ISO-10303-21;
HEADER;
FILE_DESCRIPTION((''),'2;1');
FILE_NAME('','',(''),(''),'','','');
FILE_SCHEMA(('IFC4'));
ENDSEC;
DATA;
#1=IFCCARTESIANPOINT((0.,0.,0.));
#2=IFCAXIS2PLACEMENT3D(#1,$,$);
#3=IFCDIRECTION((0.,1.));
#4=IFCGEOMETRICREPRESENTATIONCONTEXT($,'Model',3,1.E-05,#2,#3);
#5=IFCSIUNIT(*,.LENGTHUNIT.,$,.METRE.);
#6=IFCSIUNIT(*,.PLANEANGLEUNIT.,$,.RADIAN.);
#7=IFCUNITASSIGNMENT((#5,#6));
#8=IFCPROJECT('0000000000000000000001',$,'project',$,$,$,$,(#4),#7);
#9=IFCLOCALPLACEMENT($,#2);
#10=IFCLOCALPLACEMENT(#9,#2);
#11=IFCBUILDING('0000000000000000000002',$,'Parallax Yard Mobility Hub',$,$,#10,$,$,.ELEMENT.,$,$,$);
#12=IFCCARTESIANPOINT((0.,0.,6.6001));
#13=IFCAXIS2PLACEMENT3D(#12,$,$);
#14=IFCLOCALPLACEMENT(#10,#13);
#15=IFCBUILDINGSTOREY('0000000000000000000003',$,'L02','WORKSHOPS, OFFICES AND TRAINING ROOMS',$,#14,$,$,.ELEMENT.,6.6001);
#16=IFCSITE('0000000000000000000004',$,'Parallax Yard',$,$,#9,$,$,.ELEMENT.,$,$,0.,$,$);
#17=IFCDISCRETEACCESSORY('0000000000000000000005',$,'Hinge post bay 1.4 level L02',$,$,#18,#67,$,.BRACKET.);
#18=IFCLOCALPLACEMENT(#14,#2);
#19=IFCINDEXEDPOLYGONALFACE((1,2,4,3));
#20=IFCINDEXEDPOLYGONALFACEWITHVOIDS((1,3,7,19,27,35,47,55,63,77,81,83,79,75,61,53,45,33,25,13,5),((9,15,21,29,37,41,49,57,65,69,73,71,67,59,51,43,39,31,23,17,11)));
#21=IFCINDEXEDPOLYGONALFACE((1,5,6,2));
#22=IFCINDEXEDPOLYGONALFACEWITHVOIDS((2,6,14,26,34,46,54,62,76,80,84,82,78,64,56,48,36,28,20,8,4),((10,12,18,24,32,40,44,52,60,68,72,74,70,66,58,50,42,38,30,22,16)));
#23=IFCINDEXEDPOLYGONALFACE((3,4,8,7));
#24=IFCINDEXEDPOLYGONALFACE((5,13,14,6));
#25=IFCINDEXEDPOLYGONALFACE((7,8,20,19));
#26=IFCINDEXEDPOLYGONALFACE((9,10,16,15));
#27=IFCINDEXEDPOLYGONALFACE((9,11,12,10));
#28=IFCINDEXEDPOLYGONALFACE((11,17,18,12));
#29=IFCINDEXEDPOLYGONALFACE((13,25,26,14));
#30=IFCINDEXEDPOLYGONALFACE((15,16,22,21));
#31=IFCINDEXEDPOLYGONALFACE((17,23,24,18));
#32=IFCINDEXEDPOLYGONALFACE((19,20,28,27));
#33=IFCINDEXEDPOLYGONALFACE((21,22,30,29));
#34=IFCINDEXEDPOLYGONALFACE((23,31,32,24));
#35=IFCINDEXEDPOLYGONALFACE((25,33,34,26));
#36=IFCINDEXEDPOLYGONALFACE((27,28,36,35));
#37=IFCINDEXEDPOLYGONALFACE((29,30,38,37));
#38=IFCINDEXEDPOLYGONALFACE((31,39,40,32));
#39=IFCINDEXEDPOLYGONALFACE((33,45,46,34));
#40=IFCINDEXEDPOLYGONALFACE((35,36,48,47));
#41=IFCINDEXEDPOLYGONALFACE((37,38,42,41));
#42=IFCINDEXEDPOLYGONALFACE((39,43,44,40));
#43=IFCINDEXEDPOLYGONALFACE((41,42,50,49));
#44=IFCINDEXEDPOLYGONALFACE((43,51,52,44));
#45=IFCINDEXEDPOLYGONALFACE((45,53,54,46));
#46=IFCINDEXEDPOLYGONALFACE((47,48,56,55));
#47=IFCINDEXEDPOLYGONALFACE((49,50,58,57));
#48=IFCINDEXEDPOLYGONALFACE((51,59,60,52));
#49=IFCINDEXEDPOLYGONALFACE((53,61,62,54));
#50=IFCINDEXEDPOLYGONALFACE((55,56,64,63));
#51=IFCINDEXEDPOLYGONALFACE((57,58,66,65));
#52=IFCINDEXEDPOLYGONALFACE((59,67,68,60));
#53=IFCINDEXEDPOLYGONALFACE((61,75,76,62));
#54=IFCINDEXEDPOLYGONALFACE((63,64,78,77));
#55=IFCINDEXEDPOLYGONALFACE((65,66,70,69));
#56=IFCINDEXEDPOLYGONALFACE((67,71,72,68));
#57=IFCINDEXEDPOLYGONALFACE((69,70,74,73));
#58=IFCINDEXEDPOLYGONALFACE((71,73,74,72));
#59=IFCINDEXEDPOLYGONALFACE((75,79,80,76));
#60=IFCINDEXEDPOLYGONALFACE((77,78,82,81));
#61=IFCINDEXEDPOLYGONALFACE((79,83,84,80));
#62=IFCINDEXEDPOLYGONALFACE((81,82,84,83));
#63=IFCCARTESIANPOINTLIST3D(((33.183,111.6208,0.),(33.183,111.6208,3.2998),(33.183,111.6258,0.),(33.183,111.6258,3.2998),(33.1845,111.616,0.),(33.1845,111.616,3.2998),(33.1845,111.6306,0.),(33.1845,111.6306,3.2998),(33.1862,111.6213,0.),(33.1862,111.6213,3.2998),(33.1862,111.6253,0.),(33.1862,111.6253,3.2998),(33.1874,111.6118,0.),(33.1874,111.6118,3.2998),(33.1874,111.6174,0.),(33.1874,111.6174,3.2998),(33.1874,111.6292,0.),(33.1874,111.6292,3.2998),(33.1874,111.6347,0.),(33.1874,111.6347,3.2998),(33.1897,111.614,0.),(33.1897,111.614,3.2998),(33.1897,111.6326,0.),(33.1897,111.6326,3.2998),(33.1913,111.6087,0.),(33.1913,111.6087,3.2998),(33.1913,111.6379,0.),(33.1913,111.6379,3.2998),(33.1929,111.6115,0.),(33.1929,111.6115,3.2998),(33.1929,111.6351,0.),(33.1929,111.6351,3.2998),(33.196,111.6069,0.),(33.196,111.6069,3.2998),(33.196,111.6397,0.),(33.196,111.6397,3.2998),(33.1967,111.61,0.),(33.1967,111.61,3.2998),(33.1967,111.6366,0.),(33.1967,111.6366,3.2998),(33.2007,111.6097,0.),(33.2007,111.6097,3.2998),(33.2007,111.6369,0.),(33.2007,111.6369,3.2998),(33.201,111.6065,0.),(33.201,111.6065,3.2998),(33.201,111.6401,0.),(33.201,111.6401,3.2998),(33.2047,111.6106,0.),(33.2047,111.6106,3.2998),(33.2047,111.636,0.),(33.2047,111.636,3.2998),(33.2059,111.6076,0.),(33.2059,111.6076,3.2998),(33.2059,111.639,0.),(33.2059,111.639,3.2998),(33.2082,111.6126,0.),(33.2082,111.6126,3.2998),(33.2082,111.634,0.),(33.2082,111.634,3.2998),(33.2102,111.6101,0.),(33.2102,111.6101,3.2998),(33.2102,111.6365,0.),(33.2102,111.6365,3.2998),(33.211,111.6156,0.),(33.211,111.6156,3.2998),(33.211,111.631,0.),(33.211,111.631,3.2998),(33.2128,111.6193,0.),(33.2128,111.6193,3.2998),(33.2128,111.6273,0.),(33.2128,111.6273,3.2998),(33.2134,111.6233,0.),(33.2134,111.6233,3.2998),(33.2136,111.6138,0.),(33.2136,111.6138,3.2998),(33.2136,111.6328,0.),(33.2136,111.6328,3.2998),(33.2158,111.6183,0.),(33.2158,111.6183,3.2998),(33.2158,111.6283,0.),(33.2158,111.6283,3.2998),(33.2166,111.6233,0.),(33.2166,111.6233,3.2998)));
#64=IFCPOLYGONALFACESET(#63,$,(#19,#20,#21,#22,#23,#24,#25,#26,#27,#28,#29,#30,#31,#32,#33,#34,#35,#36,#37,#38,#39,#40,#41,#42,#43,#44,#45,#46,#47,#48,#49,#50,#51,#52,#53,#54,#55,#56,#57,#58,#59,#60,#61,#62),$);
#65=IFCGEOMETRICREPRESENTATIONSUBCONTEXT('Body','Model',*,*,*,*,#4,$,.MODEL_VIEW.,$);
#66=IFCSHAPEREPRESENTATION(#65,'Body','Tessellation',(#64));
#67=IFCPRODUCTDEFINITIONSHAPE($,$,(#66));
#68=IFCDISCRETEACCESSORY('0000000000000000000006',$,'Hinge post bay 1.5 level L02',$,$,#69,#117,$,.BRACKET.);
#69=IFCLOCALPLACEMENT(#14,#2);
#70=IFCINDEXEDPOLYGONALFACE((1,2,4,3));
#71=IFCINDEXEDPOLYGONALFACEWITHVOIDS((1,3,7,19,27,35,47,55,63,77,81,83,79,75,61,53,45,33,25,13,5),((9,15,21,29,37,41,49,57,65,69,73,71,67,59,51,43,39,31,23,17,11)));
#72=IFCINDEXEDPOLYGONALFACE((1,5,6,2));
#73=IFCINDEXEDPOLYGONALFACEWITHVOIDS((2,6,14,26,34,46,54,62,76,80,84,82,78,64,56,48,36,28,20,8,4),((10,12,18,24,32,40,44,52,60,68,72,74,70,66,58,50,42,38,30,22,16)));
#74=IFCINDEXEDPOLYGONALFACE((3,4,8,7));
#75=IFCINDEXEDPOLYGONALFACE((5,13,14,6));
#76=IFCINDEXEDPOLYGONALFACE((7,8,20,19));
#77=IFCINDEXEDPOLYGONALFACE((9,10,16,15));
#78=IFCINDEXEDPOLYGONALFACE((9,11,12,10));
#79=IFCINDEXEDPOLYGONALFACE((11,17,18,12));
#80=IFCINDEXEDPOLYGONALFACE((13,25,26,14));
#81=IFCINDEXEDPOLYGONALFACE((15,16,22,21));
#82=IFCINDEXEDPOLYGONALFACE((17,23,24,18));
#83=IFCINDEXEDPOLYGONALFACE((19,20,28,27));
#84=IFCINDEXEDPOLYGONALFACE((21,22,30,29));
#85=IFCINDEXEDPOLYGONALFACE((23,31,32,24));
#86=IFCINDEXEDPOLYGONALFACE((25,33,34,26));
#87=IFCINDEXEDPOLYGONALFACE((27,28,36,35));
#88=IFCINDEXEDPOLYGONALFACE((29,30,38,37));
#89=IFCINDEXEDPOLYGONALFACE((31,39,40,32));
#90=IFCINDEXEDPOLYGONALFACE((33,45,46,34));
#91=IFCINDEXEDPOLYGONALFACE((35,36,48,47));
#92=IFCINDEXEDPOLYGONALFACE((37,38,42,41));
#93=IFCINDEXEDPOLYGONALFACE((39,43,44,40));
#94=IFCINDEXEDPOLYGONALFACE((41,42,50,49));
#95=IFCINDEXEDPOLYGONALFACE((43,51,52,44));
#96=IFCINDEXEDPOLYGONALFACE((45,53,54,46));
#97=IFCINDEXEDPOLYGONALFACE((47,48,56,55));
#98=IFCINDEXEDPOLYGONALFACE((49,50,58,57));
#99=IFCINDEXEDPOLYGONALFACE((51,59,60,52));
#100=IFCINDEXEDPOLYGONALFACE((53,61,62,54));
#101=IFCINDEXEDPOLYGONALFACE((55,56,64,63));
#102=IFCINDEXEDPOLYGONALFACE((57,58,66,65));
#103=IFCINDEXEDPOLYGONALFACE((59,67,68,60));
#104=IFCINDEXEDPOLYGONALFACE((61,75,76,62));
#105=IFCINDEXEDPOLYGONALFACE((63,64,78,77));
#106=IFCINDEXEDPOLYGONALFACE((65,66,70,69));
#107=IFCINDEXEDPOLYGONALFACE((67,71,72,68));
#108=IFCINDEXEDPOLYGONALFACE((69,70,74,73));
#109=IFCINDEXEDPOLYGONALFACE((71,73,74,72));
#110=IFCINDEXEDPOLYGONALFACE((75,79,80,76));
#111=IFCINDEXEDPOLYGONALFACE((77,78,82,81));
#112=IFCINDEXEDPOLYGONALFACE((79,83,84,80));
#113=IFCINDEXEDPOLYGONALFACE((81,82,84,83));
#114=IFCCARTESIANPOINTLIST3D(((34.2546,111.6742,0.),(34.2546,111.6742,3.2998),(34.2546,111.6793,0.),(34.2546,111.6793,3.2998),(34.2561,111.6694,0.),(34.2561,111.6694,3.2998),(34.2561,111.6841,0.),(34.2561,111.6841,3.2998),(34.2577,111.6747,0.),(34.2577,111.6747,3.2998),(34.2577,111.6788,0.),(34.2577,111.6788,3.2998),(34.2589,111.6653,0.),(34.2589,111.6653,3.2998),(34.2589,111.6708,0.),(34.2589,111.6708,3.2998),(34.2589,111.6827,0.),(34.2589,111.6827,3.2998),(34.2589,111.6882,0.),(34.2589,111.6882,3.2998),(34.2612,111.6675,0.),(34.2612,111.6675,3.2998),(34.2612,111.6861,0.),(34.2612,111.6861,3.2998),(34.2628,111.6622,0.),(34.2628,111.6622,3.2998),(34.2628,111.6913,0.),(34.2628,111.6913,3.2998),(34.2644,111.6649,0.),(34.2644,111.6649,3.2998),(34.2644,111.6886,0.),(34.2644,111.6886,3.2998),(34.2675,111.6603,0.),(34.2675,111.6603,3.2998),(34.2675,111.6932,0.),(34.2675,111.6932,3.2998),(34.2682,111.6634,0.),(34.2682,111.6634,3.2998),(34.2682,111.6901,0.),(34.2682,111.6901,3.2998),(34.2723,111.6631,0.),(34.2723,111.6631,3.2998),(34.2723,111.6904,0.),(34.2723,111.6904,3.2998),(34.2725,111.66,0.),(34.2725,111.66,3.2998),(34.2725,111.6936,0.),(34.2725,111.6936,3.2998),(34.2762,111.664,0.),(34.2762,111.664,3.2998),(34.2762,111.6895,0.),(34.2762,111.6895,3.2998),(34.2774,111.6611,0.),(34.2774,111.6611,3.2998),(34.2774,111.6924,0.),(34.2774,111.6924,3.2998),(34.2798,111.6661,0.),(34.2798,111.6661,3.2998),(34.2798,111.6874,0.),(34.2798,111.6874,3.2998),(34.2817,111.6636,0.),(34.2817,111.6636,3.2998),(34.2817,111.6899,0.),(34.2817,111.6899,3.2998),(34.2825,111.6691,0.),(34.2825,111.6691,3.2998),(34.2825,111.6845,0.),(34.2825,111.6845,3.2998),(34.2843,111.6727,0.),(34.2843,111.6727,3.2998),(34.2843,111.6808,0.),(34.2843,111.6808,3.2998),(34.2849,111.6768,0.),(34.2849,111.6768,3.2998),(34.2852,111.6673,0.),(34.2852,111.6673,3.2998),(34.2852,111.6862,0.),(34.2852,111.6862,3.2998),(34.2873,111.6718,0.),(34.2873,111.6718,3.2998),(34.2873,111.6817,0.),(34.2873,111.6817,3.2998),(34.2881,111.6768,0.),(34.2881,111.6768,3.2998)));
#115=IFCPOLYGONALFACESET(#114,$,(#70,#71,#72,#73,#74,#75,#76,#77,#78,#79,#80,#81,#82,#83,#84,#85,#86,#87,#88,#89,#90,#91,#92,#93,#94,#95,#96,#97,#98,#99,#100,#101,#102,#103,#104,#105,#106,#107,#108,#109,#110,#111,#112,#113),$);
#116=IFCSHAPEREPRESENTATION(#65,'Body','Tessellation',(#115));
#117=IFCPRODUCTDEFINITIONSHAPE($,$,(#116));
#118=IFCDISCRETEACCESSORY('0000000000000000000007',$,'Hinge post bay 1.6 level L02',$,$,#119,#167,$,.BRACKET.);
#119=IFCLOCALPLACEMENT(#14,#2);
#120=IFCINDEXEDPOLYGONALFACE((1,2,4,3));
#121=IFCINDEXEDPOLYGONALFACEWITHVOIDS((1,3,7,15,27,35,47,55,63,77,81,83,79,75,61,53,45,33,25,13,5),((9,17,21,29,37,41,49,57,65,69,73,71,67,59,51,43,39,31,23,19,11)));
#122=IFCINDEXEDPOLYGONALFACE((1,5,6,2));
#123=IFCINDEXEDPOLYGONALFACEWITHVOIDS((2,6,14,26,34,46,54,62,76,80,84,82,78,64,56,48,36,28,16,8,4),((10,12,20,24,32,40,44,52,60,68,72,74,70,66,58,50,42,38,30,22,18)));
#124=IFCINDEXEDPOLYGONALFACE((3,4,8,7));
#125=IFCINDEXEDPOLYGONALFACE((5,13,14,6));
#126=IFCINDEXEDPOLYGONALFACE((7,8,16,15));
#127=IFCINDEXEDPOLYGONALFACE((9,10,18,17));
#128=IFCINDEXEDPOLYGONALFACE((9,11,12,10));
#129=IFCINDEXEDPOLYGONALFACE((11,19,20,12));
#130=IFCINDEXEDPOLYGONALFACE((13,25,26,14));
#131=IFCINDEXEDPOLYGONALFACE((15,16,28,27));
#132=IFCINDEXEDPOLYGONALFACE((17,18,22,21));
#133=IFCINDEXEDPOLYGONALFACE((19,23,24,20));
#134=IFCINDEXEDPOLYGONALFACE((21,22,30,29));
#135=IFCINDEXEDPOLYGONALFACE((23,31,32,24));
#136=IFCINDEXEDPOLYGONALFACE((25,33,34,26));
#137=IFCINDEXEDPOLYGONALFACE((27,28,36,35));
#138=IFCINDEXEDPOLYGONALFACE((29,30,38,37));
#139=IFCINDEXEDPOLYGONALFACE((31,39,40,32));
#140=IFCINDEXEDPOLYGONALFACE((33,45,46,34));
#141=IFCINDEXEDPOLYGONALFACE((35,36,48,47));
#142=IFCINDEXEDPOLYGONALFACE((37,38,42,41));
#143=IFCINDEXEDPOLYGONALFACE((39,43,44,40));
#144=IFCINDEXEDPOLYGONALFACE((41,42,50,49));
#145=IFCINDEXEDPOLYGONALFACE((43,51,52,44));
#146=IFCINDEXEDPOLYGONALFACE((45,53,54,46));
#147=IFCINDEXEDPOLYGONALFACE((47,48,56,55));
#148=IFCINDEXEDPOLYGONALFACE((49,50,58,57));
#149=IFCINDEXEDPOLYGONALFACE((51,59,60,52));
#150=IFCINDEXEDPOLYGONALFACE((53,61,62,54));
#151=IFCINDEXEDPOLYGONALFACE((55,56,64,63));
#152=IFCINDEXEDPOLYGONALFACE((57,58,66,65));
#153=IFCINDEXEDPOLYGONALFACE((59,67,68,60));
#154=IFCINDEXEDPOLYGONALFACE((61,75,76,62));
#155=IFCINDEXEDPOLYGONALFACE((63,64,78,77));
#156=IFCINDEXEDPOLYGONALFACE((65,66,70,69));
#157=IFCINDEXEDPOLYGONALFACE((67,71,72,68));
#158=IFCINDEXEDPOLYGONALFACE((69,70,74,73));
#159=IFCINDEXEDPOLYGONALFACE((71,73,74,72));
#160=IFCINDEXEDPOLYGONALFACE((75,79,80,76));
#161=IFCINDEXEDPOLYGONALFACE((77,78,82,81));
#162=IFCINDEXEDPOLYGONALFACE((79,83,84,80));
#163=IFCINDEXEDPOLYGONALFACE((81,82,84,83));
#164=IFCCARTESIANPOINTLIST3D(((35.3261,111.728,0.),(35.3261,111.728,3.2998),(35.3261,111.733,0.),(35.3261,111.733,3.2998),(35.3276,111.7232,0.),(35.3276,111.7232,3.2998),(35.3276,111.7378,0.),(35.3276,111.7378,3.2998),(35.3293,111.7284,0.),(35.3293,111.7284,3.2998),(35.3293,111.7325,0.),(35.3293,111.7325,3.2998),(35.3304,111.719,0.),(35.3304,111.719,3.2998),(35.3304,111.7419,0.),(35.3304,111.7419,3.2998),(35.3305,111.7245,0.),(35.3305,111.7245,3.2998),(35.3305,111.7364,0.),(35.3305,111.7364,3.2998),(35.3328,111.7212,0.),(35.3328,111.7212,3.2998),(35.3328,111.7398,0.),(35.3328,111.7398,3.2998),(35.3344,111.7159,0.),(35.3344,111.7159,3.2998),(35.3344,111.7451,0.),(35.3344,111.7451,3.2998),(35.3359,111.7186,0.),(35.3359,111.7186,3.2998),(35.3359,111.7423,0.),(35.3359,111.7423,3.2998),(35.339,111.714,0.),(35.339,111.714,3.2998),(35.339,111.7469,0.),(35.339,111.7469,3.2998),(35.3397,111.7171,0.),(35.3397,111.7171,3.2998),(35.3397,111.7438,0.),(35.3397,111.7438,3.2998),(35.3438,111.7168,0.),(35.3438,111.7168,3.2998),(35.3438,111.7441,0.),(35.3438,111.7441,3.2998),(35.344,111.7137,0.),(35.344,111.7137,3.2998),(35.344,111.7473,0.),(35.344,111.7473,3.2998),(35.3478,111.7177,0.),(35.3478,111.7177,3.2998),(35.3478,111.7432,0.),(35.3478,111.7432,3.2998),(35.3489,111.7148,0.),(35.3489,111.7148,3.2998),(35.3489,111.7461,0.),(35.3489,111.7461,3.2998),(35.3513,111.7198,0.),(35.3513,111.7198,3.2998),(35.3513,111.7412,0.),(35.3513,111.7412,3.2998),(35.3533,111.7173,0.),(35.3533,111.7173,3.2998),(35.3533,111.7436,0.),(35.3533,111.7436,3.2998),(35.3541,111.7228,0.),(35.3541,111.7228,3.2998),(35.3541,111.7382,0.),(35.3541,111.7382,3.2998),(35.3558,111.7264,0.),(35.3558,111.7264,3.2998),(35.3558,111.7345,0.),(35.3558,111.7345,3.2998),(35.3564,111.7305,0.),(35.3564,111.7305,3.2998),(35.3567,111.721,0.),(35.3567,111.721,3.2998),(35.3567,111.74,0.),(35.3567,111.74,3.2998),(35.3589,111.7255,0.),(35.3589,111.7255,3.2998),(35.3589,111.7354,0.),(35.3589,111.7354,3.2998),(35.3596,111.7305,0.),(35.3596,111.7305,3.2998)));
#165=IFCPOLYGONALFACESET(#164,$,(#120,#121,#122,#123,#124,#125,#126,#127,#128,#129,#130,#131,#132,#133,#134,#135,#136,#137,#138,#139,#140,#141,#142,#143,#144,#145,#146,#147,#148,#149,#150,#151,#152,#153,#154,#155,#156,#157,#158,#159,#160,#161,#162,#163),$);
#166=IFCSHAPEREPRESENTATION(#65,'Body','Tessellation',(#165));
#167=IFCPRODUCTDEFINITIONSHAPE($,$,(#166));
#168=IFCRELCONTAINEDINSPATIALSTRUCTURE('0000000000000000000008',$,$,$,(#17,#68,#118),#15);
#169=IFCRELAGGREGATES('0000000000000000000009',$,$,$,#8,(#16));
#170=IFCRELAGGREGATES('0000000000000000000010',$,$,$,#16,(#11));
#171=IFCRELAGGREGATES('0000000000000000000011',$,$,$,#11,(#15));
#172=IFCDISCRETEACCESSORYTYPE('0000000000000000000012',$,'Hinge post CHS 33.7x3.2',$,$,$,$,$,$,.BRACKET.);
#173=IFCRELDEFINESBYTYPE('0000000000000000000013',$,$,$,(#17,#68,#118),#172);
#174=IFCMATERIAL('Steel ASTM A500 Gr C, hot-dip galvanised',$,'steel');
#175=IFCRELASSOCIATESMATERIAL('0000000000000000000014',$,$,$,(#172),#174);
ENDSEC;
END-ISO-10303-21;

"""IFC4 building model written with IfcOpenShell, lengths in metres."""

from ifc_helpers import new_model, si_unit, direction, frame, origin, origin_2d, place, context, subcontext, project, spatial, hollow_circle, extrude, material, material_profile, profile_set, type_object, element, save


model = new_model("IFC4")

# Units and contexts
model_context = context("Model", 3, precision=1e-05, world=origin(), true_north=direction((0.0, 1.0)))
body_context = subcontext(model_context, "Body", "Model", "MODEL_VIEW")
ifc_project = project(units=[si_unit("LENGTHUNIT", "METRE"), si_unit("PLANEANGLEUNIT", "RADIAN")], contexts=[model_context])

# Site, building, storey
site_placement = place(None, origin())
site = spatial("IfcSite", under=ifc_project, at=site_placement, Name="Parallax Yard", CompositionType="ELEMENT", RefElevation=0.0)
building_placement = place(site_placement, origin())
building = spatial("IfcBuilding", under=site, at=building_placement, Name="Parallax Yard Mobility Hub", CompositionType="ELEMENT")
storey_placement = place(building_placement, frame((0.0, 0.0, 6.6001)))
storey = spatial("IfcBuildingStorey", under=building, at=storey_placement, Name="L02", Description="WORKSHOPS, OFFICES AND TRAINING ROOMS", CompositionType="ELEMENT", Elevation=6.6001)

# Discrete accessories
ifc_material_1 = material(Name="Steel ASTM A500 Gr C, hot-dip galvanised", Category="steel")
ifc_material_profile = material_profile(ifc_material_1, hollow_circle(Radius=0.0168, WallThickness=0.0032, at=origin_2d()), Name="CHS 33.7x3.2")
ifc_profile_set = profile_set([ifc_material_profile], Name="Steel ASTM A500 Gr C, hot-dip galvanised")
discrete_accessory_type = type_object("IfcDiscreteAccessoryType", Name="Hinge post CHS 33.7x3.2", PredefinedType="BRACKET", material=ifc_profile_set)
for number, where, z_axis, x_axis, name in (
    (1, (33.1997, 111.6233, 0.0), (0.0, 0.0, 1.0), (1.0, 0.0, 0.0), "Hinge post bay 1.4 level L02"),
    (2, (34.2712, 111.6768, 0.0), (0.0, 0.0, 1.0), (1.0, 0.0, 0.0), "Hinge post bay 1.5 level L02"),
    (3, (35.3428, 111.7305, 0.0), (0.0, 0.0, 1.0), (1.0, 0.0, 0.0), "Hinge post bay 1.6 level L02"),
):
    element("IfcDiscreteAccessory", number, at=place(storey_placement, frame(where, z_axis=z_axis, x_axis=x_axis)), inside=storey, type_object=discrete_accessory_type, Name=name, PredefinedType="BRACKET", context=body_context, shape_type="SweptSolid", body=[
        extrude(hollow_circle(Radius=0.0168, WallThickness=0.0032, at=origin_2d()), origin(), (0.0, 0.0, 1.0), 3.2998),
    ])

save(model, "model.ifc")
